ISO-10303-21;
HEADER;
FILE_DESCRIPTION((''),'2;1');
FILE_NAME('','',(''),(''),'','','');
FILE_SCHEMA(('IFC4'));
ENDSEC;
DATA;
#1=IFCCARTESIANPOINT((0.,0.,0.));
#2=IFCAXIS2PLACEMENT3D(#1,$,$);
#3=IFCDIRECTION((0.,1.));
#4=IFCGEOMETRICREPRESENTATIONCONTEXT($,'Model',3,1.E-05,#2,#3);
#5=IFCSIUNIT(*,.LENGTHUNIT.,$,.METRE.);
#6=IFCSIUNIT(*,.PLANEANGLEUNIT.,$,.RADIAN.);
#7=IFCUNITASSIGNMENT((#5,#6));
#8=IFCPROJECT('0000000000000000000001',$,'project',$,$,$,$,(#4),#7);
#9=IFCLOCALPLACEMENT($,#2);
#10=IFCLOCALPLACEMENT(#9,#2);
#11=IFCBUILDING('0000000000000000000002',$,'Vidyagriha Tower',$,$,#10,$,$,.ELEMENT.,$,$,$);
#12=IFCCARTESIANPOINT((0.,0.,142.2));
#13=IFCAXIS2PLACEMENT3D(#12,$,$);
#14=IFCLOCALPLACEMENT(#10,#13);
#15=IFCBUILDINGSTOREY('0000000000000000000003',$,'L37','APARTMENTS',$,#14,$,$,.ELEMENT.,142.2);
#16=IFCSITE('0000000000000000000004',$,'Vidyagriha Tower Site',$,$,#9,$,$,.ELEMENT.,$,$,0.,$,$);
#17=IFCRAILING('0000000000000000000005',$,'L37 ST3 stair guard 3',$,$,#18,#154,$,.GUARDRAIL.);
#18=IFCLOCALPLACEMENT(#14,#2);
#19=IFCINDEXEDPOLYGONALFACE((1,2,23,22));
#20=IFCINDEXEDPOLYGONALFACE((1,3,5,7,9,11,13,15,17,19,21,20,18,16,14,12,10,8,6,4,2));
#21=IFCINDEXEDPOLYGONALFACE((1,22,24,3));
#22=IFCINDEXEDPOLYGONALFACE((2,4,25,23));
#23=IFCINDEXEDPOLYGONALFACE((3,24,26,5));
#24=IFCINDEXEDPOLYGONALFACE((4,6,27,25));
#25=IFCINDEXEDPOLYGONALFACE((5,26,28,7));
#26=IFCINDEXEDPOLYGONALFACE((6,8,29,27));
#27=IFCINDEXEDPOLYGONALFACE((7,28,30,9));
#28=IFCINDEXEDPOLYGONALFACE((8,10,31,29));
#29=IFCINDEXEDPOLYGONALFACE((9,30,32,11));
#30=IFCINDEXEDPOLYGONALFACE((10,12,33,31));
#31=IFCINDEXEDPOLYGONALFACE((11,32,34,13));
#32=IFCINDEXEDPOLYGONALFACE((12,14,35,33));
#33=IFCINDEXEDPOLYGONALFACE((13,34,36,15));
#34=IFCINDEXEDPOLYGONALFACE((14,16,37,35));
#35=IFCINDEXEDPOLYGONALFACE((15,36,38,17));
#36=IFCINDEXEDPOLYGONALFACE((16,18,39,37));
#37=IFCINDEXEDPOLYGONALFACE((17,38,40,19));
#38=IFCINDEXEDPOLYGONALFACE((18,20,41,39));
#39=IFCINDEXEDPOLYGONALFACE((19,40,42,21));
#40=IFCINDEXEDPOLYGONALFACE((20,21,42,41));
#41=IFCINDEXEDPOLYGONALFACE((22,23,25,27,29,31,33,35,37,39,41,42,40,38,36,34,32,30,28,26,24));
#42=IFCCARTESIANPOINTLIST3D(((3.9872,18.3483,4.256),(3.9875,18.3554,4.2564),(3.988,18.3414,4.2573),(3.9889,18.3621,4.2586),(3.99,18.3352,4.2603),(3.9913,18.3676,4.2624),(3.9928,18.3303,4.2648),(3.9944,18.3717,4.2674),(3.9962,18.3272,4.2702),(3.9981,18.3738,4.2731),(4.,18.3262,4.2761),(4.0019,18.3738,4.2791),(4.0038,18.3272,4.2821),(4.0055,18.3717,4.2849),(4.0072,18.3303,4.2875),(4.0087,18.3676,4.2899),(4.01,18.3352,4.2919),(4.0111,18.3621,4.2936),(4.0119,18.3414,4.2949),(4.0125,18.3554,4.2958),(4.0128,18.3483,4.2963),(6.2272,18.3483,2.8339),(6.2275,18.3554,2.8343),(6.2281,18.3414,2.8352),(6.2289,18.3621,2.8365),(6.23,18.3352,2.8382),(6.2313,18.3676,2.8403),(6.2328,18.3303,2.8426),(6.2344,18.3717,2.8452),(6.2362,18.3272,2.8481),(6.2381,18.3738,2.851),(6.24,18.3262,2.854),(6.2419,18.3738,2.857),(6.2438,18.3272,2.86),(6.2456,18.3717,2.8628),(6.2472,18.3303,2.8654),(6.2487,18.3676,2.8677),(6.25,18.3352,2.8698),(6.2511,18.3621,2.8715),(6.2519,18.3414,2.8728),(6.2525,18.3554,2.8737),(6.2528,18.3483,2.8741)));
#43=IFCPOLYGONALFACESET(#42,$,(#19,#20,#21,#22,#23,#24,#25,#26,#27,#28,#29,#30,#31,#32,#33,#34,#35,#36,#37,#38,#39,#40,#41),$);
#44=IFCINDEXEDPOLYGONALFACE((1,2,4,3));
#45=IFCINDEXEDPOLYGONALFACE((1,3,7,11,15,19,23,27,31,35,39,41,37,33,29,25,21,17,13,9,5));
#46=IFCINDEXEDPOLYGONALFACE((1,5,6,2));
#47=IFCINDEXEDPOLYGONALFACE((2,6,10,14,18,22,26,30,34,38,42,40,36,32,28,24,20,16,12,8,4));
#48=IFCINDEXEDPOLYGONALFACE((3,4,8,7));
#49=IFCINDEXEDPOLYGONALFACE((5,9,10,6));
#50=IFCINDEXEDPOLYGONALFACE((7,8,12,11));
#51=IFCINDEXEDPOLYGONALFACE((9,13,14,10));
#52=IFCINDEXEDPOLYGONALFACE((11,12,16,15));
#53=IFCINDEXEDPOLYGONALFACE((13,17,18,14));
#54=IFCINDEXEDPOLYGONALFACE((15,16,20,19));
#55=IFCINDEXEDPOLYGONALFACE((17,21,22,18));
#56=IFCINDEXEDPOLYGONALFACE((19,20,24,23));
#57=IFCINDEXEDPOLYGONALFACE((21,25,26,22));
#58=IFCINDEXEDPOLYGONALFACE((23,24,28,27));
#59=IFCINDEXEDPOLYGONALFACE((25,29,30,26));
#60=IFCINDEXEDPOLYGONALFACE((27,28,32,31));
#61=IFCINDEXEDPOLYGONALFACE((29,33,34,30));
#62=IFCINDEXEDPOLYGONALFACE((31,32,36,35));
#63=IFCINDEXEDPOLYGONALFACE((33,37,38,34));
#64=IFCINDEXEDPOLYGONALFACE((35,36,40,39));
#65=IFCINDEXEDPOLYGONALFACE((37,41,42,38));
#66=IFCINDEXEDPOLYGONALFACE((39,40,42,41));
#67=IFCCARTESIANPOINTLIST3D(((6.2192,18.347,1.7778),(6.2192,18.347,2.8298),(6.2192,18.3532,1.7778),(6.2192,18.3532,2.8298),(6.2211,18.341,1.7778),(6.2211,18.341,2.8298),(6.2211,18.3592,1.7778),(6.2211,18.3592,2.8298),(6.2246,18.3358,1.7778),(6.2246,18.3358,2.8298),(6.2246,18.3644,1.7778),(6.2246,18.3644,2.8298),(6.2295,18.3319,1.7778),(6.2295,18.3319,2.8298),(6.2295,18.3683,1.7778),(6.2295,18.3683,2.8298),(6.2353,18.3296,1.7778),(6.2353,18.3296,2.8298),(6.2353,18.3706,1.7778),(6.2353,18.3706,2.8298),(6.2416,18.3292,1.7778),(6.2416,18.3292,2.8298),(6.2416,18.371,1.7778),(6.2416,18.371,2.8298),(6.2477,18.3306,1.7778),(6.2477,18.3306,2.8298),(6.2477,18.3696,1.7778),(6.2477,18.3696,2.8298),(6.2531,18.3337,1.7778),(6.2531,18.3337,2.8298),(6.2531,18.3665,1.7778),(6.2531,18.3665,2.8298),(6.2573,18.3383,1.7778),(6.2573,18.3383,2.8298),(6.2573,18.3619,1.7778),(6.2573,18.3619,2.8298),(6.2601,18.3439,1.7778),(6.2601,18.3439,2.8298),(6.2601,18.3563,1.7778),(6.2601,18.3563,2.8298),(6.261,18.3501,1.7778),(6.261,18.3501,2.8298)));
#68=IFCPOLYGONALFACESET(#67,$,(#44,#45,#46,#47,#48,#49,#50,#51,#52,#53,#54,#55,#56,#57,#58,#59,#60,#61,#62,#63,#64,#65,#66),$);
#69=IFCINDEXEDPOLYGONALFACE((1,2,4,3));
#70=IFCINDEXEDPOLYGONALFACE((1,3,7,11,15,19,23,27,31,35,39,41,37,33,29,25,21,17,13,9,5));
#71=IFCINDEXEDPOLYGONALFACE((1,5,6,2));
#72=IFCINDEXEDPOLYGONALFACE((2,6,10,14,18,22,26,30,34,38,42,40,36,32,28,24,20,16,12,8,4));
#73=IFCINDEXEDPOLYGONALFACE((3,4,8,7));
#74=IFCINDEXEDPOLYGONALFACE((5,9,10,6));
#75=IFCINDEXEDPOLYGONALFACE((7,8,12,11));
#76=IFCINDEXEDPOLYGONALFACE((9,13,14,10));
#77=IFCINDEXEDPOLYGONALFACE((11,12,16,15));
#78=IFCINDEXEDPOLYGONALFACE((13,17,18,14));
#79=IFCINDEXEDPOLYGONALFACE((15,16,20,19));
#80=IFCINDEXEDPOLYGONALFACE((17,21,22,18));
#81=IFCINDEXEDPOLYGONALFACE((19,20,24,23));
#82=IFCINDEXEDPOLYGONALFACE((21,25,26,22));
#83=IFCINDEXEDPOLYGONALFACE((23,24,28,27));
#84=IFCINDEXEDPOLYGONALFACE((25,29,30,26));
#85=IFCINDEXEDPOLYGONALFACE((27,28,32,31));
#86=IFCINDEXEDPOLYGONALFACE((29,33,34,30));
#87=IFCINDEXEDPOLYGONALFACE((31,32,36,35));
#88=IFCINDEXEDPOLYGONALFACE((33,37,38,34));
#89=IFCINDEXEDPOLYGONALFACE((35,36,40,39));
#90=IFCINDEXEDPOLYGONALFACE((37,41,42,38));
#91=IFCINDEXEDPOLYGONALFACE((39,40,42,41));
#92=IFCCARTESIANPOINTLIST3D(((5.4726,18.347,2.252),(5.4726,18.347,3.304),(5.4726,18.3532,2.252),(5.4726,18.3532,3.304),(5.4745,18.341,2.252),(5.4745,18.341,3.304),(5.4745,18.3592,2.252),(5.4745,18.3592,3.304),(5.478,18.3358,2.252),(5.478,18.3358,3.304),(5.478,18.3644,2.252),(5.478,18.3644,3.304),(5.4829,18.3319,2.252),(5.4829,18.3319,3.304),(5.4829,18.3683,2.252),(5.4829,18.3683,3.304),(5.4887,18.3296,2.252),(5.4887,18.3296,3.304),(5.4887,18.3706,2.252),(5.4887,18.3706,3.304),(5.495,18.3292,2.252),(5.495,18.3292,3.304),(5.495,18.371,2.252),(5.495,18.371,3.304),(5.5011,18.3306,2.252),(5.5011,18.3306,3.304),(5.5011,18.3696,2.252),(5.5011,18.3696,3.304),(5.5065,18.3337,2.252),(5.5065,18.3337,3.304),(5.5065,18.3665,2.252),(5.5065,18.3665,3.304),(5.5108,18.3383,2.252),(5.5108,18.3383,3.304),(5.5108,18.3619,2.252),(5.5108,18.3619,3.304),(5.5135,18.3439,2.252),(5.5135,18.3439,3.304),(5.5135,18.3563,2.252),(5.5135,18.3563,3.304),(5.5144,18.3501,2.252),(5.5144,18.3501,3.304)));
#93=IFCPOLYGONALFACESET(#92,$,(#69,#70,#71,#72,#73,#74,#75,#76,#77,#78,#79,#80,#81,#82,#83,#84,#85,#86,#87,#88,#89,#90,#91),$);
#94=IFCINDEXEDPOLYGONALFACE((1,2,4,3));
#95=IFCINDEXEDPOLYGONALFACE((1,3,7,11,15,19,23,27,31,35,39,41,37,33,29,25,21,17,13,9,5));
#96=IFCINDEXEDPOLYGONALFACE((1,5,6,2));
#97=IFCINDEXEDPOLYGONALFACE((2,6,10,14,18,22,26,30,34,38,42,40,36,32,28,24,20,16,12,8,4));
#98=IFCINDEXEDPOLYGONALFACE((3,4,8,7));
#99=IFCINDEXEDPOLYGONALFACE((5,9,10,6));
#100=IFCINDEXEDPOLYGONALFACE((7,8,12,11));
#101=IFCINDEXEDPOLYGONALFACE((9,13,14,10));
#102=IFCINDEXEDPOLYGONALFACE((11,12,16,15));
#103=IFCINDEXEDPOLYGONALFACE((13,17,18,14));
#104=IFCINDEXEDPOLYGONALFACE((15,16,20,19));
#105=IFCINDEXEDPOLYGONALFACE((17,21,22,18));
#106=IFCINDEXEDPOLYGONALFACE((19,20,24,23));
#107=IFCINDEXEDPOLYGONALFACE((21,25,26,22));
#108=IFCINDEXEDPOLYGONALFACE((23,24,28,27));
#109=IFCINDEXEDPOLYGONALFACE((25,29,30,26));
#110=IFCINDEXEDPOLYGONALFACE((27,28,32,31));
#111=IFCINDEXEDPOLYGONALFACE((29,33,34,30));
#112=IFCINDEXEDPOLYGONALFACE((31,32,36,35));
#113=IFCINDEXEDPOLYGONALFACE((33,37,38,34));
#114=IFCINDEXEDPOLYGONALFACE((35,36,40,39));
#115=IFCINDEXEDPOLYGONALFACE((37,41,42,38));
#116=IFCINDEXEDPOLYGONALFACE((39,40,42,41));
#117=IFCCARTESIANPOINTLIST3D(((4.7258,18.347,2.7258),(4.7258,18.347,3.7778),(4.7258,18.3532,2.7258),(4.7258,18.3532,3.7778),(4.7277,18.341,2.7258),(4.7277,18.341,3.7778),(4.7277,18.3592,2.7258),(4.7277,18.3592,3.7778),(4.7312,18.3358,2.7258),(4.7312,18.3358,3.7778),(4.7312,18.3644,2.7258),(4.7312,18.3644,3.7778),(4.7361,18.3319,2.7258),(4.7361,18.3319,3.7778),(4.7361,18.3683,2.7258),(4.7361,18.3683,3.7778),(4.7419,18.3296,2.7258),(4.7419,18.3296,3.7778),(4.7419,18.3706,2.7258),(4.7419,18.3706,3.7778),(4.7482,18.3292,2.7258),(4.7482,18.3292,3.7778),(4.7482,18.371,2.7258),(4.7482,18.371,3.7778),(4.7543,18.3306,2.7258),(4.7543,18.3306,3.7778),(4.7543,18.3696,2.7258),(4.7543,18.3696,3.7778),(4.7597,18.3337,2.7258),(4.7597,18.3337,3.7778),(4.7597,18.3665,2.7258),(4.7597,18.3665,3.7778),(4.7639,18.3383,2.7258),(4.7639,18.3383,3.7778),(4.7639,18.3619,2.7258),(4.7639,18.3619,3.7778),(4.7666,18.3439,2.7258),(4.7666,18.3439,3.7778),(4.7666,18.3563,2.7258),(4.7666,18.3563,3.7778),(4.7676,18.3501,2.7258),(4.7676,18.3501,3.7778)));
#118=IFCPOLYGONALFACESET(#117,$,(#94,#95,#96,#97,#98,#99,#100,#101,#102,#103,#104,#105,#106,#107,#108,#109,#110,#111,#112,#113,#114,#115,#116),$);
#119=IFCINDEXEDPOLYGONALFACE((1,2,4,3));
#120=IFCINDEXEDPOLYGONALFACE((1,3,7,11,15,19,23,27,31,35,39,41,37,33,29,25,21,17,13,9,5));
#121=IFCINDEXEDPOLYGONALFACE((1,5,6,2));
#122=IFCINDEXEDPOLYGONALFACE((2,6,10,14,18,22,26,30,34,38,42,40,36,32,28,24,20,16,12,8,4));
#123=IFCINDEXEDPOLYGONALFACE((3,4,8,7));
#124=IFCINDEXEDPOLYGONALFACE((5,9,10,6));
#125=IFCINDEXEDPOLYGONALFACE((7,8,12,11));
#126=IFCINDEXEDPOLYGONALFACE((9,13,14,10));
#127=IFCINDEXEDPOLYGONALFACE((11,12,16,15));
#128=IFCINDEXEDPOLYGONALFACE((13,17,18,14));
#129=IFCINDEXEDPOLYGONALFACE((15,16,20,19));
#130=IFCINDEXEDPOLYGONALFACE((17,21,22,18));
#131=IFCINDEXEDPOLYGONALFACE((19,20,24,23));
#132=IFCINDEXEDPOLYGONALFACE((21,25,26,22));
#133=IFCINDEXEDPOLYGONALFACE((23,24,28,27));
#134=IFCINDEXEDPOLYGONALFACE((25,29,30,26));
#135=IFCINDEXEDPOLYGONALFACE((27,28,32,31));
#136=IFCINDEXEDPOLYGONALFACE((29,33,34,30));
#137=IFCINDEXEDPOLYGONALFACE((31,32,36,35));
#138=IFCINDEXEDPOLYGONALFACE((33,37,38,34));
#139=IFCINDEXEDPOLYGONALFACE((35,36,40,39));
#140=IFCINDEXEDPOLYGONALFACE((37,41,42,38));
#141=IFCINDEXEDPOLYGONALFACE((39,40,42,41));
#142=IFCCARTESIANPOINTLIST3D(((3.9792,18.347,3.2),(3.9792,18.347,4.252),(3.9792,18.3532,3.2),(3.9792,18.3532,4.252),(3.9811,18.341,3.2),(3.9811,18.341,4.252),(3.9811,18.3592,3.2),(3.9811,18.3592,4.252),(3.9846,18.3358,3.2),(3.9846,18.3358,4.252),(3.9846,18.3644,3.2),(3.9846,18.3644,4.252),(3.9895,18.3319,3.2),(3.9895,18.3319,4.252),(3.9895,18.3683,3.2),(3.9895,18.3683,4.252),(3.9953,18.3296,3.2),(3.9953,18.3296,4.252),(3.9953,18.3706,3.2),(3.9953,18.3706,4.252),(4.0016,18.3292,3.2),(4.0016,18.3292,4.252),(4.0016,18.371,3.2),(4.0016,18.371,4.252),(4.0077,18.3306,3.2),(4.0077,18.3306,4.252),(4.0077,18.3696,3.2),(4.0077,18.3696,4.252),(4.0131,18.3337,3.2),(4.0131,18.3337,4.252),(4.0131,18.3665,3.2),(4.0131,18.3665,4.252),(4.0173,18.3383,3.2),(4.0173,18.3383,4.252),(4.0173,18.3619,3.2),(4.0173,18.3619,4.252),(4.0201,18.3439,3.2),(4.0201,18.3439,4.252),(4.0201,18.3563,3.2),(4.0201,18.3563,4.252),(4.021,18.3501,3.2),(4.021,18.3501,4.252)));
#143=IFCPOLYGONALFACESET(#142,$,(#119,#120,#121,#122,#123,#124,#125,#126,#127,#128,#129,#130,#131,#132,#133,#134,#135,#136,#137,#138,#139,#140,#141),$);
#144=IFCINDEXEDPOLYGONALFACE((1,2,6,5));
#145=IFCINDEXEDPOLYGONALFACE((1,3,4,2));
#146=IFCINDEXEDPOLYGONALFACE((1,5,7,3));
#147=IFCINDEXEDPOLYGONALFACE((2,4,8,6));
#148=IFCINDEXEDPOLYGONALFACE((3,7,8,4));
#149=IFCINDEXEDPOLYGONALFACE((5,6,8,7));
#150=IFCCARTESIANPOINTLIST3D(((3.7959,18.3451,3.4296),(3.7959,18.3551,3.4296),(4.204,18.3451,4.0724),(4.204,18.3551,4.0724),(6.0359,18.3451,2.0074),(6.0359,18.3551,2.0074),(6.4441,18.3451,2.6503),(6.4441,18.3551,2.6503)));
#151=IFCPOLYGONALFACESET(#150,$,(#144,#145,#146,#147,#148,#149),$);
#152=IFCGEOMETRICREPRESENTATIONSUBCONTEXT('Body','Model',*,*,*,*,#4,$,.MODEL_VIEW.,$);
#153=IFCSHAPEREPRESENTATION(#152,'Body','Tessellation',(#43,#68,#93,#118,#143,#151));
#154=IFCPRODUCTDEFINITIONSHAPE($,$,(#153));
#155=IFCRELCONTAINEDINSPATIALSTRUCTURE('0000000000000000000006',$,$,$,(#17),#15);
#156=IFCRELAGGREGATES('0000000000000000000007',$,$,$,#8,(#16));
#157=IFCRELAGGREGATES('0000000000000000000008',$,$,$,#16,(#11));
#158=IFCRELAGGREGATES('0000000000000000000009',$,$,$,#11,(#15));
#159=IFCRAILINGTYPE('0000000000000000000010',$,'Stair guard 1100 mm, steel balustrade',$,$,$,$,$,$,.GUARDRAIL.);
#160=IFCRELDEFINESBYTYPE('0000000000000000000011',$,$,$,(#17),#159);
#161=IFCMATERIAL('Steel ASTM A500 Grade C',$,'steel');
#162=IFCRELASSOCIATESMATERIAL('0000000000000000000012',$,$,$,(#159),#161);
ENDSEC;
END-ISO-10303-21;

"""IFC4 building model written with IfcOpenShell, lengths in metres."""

from ifc_helpers import new_model, si_unit, direction, frame, origin, origin_2d, place, context, subcontext, project, spatial, rectangle, circle, extrude, material, type_object, element, save


model = new_model("IFC4")

# Units and contexts
model_context = context("Model", 3, precision=1e-05, world=origin(), true_north=direction((0.0, 1.0)))
body_context = subcontext(model_context, "Body", "Model", "MODEL_VIEW")
ifc_project = project(units=[si_unit("LENGTHUNIT", "METRE"), si_unit("PLANEANGLEUNIT", "RADIAN")], contexts=[model_context])

# Site, building, storey
site_placement = place(None, origin())
site = spatial("IfcSite", under=ifc_project, at=site_placement, Name="Vidyagriha Tower Site", CompositionType="ELEMENT", RefElevation=0.0)
building_placement = place(site_placement, origin())
building = spatial("IfcBuilding", under=site, at=building_placement, Name="Vidyagriha Tower", CompositionType="ELEMENT")
storey_placement = place(building_placement, frame((0.0, 0.0, 142.2)))
storey = spatial("IfcBuildingStorey", under=building, at=storey_placement, Name="L37", Description="APARTMENTS", CompositionType="ELEMENT", Elevation=142.2)

# Railing
ifc_material_1 = material(Name="Steel ASTM A500 Grade C", Category="steel")
railing_type_1 = type_object("IfcRailingType", Name="Stair guard 1100 mm, steel balustrade", PredefinedType="GUARDRAIL", material=ifc_material_1)
railing_1_placement = place(storey_placement, frame((6.24, 18.3501, 1.7778)))
element("IfcRailing", 1, at=railing_1_placement, inside=storey, type_object=railing_type_1, Name="L37 ST3 stair guard 3", PredefinedType="GUARDRAIL", context=body_context, shape_type="SweptSolid", body=[
    extrude(circle(Radius=0.0239, at=origin_2d()), frame((0.0, 0.0, 1.0762), z_axis=(-0.844229, 0.0, 0.535982), x_axis=(0.0, -1.0, 0.0)), (0.0, 0.0, 1.0), 2.6533),
    extrude(circle(Radius=0.021, at=origin_2d()), origin(), (0.0, 0.0, 1.0), 1.052),
    extrude(circle(Radius=0.021, at=origin_2d()), frame((-0.7466, 0.0, 0.4741)), (0.0, 0.0, 1.0), 1.052),
    extrude(circle(Radius=0.021, at=origin_2d()), frame((-1.4934, 0.0, 0.948)), (0.0, 0.0, 1.0), 1.052),
    extrude(circle(Radius=0.021, at=origin_2d()), frame((-2.24, 0.0, 1.4221)), (0.0, 0.0, 1.0), 1.052),
    extrude(rectangle(XDim=0.01, YDim=0.7615, at=origin_2d()), frame((0.0, 0.0, 0.551), z_axis=(-0.844229, 0.0, 0.535982), x_axis=(0.0, -1.0, 0.0)), (0.0, 0.0, 1.0), 2.6533),
])

save(model, "model.ifc")
